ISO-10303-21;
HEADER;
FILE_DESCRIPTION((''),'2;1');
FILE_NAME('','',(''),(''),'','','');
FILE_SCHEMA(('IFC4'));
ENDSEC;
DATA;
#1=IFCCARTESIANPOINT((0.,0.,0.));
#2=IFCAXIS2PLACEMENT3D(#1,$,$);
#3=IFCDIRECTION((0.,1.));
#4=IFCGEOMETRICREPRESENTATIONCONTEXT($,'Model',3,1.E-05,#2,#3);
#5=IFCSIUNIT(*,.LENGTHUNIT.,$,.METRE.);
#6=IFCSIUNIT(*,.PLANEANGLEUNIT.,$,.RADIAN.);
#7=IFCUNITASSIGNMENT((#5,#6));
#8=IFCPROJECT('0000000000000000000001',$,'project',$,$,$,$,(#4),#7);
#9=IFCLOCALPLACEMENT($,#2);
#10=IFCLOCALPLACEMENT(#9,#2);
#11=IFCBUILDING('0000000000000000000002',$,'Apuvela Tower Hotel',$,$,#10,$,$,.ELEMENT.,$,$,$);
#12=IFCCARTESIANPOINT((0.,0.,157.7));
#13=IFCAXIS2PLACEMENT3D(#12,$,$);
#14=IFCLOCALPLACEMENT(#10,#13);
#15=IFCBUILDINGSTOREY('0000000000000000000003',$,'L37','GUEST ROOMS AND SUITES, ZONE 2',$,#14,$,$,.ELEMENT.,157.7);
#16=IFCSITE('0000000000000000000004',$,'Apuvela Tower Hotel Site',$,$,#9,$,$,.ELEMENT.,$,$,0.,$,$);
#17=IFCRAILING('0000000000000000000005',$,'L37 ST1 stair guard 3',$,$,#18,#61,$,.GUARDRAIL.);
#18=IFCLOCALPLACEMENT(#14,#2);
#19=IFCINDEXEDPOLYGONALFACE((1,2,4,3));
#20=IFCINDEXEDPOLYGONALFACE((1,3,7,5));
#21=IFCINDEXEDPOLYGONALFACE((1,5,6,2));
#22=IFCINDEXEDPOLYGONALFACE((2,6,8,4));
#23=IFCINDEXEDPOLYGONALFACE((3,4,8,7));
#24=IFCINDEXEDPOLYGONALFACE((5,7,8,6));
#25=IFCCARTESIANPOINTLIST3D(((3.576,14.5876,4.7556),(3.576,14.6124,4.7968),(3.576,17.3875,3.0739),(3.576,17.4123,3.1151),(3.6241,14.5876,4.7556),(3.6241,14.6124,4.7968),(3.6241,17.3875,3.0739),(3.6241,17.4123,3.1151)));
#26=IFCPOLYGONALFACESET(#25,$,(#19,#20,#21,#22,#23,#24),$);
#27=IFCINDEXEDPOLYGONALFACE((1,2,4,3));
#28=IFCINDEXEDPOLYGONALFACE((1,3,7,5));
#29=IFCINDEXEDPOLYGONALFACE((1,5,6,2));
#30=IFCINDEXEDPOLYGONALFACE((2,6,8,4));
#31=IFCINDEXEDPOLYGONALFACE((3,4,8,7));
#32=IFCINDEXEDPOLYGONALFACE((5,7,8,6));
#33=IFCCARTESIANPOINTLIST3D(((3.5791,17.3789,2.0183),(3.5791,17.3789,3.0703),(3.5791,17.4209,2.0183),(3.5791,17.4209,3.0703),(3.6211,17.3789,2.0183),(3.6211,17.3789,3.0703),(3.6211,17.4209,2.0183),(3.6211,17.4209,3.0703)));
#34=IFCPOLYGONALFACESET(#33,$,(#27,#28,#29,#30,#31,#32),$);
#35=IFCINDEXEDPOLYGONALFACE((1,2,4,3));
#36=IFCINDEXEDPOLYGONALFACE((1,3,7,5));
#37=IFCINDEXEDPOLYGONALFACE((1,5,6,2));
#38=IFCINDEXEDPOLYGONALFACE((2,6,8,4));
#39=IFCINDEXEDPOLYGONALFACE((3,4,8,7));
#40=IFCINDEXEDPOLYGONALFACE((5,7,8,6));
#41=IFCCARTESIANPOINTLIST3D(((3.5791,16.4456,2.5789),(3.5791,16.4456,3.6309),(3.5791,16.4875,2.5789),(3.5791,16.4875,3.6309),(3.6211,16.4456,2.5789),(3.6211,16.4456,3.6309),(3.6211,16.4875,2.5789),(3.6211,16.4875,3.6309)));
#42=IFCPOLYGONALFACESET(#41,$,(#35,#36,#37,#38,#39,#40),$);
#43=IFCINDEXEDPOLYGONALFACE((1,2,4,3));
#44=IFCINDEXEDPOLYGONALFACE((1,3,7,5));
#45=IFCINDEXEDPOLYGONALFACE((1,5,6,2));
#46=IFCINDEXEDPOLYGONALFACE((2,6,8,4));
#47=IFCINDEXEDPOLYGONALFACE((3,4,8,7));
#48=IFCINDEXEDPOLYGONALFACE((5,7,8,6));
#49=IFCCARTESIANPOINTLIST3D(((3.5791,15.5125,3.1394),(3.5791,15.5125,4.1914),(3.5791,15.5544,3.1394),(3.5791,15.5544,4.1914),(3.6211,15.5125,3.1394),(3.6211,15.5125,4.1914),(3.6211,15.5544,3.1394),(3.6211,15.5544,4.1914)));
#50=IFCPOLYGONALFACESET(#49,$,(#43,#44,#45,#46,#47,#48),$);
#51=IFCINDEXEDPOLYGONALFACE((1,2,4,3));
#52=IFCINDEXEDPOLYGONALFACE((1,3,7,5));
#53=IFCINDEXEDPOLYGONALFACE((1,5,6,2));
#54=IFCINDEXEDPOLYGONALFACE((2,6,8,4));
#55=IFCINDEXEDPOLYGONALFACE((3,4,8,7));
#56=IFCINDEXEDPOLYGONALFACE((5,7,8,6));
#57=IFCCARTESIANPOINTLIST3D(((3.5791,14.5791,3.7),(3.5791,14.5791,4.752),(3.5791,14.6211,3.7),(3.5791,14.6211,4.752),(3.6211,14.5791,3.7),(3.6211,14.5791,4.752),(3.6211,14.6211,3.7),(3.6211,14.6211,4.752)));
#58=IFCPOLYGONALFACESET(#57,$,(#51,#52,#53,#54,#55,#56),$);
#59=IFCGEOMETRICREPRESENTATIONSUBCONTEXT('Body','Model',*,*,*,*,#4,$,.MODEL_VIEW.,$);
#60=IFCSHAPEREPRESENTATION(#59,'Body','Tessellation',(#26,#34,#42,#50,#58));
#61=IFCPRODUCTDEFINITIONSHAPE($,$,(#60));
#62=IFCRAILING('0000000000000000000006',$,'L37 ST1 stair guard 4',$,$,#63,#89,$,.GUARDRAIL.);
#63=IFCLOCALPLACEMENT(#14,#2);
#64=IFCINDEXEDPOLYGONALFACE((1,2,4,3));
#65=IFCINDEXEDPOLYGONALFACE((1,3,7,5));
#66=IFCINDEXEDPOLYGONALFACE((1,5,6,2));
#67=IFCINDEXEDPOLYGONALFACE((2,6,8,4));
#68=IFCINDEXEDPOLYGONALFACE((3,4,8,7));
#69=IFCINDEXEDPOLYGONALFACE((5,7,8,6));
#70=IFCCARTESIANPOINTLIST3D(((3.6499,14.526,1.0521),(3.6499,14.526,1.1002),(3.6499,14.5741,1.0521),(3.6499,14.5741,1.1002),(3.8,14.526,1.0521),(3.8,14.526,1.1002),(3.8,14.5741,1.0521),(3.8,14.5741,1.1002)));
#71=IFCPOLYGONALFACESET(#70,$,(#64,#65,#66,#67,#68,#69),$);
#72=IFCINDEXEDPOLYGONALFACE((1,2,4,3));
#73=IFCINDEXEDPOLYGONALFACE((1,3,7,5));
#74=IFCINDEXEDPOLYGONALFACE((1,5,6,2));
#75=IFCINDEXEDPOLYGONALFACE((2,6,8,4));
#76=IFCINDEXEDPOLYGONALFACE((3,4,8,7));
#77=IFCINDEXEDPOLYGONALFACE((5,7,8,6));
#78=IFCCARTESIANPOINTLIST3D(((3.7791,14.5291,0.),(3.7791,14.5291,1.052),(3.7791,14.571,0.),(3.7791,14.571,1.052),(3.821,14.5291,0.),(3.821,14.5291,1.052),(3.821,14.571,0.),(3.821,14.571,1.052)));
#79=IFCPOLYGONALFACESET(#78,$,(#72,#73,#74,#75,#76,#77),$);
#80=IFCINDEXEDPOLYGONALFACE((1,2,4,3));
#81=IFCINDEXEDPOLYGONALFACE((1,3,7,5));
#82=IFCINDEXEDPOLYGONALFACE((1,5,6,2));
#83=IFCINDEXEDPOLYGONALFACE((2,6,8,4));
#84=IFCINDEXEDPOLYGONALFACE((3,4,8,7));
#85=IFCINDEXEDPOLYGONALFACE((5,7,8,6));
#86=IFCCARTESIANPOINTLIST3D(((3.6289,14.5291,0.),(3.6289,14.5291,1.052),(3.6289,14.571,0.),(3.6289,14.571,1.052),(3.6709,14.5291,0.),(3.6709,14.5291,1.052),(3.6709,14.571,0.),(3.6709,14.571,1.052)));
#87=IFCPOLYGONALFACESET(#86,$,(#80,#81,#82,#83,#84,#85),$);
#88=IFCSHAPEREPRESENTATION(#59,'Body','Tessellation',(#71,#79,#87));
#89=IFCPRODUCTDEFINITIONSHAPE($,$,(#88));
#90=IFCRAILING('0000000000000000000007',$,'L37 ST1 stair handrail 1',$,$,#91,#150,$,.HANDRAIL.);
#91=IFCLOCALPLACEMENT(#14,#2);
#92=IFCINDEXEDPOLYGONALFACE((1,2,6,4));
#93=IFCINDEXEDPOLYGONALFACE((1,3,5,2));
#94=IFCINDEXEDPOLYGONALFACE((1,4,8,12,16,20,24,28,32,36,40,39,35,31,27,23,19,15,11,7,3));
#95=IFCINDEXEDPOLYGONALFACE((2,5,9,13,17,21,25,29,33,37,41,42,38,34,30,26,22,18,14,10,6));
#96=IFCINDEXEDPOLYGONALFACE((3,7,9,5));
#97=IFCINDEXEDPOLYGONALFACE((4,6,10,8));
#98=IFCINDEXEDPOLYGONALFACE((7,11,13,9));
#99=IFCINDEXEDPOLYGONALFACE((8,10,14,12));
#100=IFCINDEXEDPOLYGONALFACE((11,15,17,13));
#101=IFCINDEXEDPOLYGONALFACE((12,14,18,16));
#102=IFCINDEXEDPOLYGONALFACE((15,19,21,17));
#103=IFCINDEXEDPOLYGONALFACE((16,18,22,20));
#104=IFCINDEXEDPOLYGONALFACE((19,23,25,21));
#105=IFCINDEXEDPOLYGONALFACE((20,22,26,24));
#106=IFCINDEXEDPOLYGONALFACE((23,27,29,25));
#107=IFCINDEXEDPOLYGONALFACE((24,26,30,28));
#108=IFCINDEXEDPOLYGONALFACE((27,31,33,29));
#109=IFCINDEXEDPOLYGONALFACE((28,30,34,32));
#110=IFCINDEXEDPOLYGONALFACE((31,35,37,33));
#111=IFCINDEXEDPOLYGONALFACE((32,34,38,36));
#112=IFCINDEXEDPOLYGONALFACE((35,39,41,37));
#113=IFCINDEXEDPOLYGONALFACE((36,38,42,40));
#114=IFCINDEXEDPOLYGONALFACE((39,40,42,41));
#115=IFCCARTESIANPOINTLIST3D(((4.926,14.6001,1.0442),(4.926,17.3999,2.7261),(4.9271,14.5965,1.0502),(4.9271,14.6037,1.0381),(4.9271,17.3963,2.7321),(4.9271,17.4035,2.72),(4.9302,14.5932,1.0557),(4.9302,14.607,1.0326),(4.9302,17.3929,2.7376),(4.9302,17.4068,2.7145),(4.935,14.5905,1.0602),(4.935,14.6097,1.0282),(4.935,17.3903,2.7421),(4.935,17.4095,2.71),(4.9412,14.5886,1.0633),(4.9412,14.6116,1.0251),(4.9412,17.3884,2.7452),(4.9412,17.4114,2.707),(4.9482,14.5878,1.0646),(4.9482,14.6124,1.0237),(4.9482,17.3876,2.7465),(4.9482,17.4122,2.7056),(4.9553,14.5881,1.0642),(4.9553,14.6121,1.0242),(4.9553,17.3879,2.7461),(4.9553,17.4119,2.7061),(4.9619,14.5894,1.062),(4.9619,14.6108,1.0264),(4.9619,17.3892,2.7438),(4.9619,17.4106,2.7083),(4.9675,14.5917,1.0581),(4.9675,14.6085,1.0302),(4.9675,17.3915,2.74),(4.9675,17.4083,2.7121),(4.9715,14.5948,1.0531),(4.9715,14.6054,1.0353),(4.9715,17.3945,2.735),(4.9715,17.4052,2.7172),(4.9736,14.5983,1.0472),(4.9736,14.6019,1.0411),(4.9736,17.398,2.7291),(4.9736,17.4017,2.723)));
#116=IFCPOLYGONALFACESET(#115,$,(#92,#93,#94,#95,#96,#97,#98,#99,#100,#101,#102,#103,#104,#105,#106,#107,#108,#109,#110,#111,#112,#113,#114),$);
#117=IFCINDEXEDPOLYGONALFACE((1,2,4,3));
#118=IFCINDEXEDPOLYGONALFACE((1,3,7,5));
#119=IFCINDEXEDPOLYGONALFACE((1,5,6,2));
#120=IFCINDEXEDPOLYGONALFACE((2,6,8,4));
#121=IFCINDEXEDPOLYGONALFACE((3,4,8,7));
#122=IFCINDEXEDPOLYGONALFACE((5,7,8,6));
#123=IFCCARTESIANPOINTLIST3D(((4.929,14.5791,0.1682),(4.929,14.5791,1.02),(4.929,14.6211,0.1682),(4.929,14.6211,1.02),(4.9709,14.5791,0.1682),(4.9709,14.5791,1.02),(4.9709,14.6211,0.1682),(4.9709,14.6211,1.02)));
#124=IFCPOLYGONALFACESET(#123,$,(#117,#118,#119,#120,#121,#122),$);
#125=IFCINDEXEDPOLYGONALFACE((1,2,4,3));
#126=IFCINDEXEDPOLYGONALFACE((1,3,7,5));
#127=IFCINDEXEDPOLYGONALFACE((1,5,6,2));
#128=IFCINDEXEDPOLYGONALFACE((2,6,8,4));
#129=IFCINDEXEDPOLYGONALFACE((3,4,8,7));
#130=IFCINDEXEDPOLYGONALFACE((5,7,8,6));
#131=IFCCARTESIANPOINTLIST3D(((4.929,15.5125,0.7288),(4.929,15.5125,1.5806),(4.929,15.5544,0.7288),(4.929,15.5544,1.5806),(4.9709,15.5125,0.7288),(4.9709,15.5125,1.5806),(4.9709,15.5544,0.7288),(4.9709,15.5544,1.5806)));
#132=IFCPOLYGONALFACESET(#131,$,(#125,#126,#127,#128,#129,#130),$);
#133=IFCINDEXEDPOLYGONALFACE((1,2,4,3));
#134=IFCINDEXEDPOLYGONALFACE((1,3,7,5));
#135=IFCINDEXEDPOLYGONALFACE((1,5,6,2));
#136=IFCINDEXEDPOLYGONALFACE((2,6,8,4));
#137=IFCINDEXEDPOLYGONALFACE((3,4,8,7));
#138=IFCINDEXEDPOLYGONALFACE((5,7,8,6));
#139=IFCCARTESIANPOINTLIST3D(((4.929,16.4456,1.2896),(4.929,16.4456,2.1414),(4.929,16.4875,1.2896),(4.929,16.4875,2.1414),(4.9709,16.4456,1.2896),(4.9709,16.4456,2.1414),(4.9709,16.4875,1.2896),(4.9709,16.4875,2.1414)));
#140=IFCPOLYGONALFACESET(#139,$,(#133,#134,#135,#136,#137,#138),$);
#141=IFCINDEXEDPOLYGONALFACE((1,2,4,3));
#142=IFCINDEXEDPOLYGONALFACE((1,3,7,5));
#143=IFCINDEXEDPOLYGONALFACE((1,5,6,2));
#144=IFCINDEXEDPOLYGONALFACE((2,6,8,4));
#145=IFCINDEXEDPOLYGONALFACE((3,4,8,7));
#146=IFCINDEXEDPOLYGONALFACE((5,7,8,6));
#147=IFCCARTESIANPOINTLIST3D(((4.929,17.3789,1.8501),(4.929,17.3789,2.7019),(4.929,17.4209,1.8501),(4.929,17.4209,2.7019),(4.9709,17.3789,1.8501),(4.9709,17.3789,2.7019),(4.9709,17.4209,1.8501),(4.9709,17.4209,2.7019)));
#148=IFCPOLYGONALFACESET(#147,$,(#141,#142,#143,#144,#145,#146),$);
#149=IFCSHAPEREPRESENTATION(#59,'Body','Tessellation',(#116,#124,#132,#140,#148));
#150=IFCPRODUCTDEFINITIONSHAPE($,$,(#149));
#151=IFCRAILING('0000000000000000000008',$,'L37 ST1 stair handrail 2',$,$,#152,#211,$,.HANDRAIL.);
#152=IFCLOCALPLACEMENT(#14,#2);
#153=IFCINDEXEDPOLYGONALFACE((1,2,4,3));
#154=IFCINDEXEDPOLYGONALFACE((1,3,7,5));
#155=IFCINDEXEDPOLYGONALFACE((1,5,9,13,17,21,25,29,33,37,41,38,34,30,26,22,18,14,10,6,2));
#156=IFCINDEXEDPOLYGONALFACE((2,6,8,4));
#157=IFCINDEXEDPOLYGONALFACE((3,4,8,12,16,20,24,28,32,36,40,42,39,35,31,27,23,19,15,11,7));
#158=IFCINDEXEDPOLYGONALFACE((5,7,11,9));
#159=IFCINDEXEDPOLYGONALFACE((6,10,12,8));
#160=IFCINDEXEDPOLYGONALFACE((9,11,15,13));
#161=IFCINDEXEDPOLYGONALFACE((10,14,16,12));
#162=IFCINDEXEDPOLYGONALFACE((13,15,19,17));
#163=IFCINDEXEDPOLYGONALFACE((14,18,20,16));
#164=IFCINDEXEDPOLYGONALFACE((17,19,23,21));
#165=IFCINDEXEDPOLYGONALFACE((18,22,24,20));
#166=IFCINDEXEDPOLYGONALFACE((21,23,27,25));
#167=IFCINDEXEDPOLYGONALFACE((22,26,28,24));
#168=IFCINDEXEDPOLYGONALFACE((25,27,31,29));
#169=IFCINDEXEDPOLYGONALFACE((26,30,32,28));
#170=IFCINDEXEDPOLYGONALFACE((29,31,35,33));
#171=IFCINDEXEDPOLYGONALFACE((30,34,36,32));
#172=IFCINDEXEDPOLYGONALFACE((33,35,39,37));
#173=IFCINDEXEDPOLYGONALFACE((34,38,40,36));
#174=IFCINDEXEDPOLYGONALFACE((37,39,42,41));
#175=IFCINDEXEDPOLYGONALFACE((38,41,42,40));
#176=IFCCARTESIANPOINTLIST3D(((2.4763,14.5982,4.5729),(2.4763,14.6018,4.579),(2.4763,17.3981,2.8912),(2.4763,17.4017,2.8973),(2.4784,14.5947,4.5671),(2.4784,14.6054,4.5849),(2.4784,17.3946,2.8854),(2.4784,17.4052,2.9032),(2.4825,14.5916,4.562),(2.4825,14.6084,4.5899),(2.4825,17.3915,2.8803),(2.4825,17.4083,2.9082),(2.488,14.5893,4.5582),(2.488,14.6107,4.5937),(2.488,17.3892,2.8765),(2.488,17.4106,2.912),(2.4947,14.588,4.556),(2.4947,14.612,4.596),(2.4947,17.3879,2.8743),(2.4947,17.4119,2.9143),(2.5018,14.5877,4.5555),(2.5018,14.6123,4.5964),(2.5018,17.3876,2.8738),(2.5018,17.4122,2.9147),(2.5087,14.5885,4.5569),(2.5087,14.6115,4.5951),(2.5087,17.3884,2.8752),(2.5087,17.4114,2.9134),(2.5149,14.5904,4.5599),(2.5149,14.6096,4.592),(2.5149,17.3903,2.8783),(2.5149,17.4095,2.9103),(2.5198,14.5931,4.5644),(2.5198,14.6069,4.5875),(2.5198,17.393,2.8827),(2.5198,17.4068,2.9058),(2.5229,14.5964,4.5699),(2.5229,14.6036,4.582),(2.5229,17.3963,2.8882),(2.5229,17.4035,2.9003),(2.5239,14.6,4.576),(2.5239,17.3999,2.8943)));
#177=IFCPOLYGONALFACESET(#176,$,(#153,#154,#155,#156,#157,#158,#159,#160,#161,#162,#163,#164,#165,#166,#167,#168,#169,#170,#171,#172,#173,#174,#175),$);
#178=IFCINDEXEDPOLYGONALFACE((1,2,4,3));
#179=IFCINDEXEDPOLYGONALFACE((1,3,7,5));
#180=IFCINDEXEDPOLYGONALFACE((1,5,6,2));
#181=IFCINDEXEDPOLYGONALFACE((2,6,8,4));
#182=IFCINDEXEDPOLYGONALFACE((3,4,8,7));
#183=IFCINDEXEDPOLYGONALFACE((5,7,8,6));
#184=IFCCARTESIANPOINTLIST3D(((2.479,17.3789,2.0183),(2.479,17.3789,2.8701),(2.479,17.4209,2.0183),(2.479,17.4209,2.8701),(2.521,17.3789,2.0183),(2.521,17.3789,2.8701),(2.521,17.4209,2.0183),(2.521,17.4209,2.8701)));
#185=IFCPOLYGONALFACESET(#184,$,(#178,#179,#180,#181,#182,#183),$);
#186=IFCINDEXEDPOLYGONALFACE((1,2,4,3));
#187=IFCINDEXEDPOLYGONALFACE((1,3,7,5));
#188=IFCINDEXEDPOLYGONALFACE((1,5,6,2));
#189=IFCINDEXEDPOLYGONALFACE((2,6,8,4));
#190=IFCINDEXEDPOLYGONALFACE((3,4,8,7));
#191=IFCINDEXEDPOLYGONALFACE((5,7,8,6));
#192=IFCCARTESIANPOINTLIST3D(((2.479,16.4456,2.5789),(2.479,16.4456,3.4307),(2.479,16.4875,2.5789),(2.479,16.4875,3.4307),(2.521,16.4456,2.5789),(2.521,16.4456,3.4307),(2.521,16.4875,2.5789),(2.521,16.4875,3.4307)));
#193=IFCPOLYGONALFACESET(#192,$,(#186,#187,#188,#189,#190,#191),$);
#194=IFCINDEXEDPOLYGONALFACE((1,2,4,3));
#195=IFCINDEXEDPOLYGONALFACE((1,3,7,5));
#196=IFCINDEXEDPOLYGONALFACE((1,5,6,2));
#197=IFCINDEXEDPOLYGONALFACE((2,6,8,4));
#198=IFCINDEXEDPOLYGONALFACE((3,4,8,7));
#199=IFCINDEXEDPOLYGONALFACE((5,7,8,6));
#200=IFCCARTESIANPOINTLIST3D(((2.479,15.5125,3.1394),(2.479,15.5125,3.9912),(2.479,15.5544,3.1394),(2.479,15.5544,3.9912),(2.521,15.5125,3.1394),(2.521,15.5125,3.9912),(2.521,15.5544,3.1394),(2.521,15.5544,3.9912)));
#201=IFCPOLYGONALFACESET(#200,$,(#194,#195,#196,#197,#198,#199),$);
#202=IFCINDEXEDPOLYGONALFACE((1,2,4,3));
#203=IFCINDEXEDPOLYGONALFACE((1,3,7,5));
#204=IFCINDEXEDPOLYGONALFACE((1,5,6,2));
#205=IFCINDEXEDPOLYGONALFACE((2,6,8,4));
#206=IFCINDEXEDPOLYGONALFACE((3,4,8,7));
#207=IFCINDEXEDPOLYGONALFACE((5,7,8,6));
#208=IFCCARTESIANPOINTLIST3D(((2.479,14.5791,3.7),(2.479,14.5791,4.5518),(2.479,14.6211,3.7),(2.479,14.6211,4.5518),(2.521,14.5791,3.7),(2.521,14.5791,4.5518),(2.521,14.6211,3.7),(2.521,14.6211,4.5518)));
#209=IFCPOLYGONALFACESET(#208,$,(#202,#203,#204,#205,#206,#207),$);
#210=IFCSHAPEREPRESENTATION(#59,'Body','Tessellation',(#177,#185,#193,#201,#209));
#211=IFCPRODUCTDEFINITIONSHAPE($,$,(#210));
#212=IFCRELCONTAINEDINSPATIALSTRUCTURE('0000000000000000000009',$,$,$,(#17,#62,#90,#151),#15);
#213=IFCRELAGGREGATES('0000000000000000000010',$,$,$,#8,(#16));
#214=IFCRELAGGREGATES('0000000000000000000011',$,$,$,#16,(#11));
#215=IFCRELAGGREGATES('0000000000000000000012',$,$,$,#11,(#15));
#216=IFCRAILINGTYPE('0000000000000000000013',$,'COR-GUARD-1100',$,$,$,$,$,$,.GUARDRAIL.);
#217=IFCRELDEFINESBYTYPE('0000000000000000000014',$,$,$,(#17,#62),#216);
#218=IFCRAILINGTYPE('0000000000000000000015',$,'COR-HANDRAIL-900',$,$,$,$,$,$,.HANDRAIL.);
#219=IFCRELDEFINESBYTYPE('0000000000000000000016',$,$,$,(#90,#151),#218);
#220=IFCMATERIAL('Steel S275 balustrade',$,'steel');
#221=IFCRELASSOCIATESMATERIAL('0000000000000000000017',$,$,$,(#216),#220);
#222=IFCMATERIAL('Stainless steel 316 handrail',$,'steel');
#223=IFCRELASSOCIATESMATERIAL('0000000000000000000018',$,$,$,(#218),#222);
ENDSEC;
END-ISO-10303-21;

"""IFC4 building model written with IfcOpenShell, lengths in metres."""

from ifc_helpers import new_model, si_unit, direction, frame, origin, origin_2d, place, context, subcontext, project, spatial, rectangle, circle, extrude, material, type_object, element, save


model = new_model("IFC4")

# Units and contexts
model_context = context("Model", 3, precision=1e-05, world=origin(), true_north=direction((0.0, 1.0)))
body_context = subcontext(model_context, "Body", "Model", "MODEL_VIEW")
ifc_project = project(units=[si_unit("LENGTHUNIT", "METRE"), si_unit("PLANEANGLEUNIT", "RADIAN")], contexts=[model_context])

# Site, building, storey
site_placement = place(None, origin())
site = spatial("IfcSite", under=ifc_project, at=site_placement, Name="Apuvela Tower Hotel Site", CompositionType="ELEMENT", RefElevation=0.0)
building_placement = place(site_placement, origin())
building = spatial("IfcBuilding", under=site, at=building_placement, Name="Apuvela Tower Hotel", CompositionType="ELEMENT")
storey_placement = place(building_placement, frame((0.0, 0.0, 157.7)))
storey = spatial("IfcBuildingStorey", under=building, at=storey_placement, Name="L37", Description="GUEST ROOMS AND SUITES, ZONE 2", CompositionType="ELEMENT", Elevation=157.7)

# Railings
ifc_material_1 = material(Name="Steel S275 balustrade", Category="steel")
railing_type_1 = type_object("IfcRailingType", Name="COR-GUARD-1100", PredefinedType="GUARDRAIL", material=ifc_material_1)
railing_1_placement = place(storey_placement, frame((3.6001, 17.3999, 2.0183)))
element("IfcRailing", 1, at=railing_1_placement, inside=storey, type_object=railing_type_1, Name="L37 ST1 stair guard 3", PredefinedType="GUARDRAIL", context=body_context, shape_type="SweptSolid", body=[
    extrude(rectangle(XDim=0.0481, YDim=0.0481, at=origin_2d()), frame((0.0, 0.0, 1.0762), z_axis=(0.0, -0.857255, 0.514891), x_axis=(1.0, 0.0, 0.0)), (0.0, 0.0, 1.0), 3.2661),
    extrude(rectangle(XDim=0.042, YDim=0.042, at=origin_2d()), origin(), (0.0, 0.0, 1.0), 1.052),
    extrude(rectangle(XDim=0.042, YDim=0.042, at=origin_2d()), frame((0.0, -0.9333, 0.5605)), (0.0, 0.0, 1.0), 1.052),
    extrude(rectangle(XDim=0.042, YDim=0.042, at=origin_2d()), frame((0.0, -1.8665, 1.1211)), (0.0, 0.0, 1.0), 1.052),
    extrude(rectangle(XDim=0.042, YDim=0.042, at=origin_2d()), frame((0.0, -2.7998, 1.6816)), (0.0, 0.0, 1.0), 1.052),
])
railing_2_placement = place(storey_placement, frame((3.8, 14.55, 0.0)))
element("IfcRailing", 2, at=railing_2_placement, inside=storey, type_object=railing_type_1, Name="L37 ST1 stair guard 4", PredefinedType="GUARDRAIL", context=body_context, shape_type="SweptSolid", body=[
    extrude(rectangle(XDim=0.0481, YDim=0.0481, at=origin_2d()), frame((0.0, 0.0, 1.0762), z_axis=(-1.0, 0.0, 0.0), x_axis=(0.0, -1.0, 0.0)), (0.0, 0.0, 1.0), 0.1501),
    extrude(rectangle(XDim=0.042, YDim=0.042, at=origin_2d()), origin(), (0.0, 0.0, 1.0), 1.052),
    extrude(rectangle(XDim=0.042, YDim=0.042, at=origin_2d()), frame((-0.1501, 0.0, 0.0)), (0.0, 0.0, 1.0), 1.052),
])
ifc_material_2 = material(Name="Stainless steel 316 handrail", Category="steel")
railing_type_2 = type_object("IfcRailingType", Name="COR-HANDRAIL-900", PredefinedType="HANDRAIL", material=ifc_material_2)
railing_3_placement = place(storey_placement, frame((4.95, 14.6001, 0.1682)))
element("IfcRailing", 3, at=railing_3_placement, inside=storey, type_object=railing_type_2, Name="L37 ST1 stair handrail 1", PredefinedType="HANDRAIL", context=body_context, shape_type="SweptSolid", body=[
    extrude(circle(Radius=0.0239, at=origin_2d()), frame((0.0, 0.0, 0.876), z_axis=(0.0, 0.857222, 0.514946), x_axis=(-1.0, 0.0, 0.0)), (0.0, 0.0, 1.0), 3.2661),
    extrude(rectangle(XDim=0.042, YDim=0.042, at=origin_2d()), origin(), (0.0, 0.0, 1.0), 0.8518),
    extrude(rectangle(XDim=0.042, YDim=0.042, at=origin_2d()), frame((0.0, 0.9333, 0.5605)), (0.0, 0.0, 1.0), 0.8518),
    extrude(rectangle(XDim=0.042, YDim=0.042, at=origin_2d()), frame((0.0, 1.8665, 1.1213)), (0.0, 0.0, 1.0), 0.8518),
    extrude(rectangle(XDim=0.042, YDim=0.042, at=origin_2d()), frame((0.0, 2.7998, 1.6819)), (0.0, 0.0, 1.0), 0.8518),
])
railing_4_placement = place(storey_placement, frame((2.5, 17.3999, 2.0183)))
element("IfcRailing", 4, at=railing_4_placement, inside=storey, type_object=railing_type_2, Name="L37 ST1 stair handrail 2", PredefinedType="HANDRAIL", context=body_context, shape_type="SweptSolid", body=[
    extrude(circle(Radius=0.0239, at=origin_2d()), frame((0.0, 0.0, 0.876), z_axis=(0.0, -0.857255, 0.514891), x_axis=(1.0, 0.0, 0.0)), (0.0, 0.0, 1.0), 3.2661),
    extrude(rectangle(XDim=0.042, YDim=0.042, at=origin_2d()), origin(), (0.0, 0.0, 1.0), 0.8518),
    extrude(rectangle(XDim=0.042, YDim=0.042, at=origin_2d()), frame((0.0, -0.9333, 0.5605)), (0.0, 0.0, 1.0), 0.8518),
    extrude(rectangle(XDim=0.042, YDim=0.042, at=origin_2d()), frame((0.0, -1.8665, 1.1211)), (0.0, 0.0, 1.0), 0.8518),
    extrude(rectangle(XDim=0.042, YDim=0.042, at=origin_2d()), frame((0.0, -2.7998, 1.6816)), (0.0, 0.0, 1.0), 0.8518),
])

save(model, "model.ifc")
